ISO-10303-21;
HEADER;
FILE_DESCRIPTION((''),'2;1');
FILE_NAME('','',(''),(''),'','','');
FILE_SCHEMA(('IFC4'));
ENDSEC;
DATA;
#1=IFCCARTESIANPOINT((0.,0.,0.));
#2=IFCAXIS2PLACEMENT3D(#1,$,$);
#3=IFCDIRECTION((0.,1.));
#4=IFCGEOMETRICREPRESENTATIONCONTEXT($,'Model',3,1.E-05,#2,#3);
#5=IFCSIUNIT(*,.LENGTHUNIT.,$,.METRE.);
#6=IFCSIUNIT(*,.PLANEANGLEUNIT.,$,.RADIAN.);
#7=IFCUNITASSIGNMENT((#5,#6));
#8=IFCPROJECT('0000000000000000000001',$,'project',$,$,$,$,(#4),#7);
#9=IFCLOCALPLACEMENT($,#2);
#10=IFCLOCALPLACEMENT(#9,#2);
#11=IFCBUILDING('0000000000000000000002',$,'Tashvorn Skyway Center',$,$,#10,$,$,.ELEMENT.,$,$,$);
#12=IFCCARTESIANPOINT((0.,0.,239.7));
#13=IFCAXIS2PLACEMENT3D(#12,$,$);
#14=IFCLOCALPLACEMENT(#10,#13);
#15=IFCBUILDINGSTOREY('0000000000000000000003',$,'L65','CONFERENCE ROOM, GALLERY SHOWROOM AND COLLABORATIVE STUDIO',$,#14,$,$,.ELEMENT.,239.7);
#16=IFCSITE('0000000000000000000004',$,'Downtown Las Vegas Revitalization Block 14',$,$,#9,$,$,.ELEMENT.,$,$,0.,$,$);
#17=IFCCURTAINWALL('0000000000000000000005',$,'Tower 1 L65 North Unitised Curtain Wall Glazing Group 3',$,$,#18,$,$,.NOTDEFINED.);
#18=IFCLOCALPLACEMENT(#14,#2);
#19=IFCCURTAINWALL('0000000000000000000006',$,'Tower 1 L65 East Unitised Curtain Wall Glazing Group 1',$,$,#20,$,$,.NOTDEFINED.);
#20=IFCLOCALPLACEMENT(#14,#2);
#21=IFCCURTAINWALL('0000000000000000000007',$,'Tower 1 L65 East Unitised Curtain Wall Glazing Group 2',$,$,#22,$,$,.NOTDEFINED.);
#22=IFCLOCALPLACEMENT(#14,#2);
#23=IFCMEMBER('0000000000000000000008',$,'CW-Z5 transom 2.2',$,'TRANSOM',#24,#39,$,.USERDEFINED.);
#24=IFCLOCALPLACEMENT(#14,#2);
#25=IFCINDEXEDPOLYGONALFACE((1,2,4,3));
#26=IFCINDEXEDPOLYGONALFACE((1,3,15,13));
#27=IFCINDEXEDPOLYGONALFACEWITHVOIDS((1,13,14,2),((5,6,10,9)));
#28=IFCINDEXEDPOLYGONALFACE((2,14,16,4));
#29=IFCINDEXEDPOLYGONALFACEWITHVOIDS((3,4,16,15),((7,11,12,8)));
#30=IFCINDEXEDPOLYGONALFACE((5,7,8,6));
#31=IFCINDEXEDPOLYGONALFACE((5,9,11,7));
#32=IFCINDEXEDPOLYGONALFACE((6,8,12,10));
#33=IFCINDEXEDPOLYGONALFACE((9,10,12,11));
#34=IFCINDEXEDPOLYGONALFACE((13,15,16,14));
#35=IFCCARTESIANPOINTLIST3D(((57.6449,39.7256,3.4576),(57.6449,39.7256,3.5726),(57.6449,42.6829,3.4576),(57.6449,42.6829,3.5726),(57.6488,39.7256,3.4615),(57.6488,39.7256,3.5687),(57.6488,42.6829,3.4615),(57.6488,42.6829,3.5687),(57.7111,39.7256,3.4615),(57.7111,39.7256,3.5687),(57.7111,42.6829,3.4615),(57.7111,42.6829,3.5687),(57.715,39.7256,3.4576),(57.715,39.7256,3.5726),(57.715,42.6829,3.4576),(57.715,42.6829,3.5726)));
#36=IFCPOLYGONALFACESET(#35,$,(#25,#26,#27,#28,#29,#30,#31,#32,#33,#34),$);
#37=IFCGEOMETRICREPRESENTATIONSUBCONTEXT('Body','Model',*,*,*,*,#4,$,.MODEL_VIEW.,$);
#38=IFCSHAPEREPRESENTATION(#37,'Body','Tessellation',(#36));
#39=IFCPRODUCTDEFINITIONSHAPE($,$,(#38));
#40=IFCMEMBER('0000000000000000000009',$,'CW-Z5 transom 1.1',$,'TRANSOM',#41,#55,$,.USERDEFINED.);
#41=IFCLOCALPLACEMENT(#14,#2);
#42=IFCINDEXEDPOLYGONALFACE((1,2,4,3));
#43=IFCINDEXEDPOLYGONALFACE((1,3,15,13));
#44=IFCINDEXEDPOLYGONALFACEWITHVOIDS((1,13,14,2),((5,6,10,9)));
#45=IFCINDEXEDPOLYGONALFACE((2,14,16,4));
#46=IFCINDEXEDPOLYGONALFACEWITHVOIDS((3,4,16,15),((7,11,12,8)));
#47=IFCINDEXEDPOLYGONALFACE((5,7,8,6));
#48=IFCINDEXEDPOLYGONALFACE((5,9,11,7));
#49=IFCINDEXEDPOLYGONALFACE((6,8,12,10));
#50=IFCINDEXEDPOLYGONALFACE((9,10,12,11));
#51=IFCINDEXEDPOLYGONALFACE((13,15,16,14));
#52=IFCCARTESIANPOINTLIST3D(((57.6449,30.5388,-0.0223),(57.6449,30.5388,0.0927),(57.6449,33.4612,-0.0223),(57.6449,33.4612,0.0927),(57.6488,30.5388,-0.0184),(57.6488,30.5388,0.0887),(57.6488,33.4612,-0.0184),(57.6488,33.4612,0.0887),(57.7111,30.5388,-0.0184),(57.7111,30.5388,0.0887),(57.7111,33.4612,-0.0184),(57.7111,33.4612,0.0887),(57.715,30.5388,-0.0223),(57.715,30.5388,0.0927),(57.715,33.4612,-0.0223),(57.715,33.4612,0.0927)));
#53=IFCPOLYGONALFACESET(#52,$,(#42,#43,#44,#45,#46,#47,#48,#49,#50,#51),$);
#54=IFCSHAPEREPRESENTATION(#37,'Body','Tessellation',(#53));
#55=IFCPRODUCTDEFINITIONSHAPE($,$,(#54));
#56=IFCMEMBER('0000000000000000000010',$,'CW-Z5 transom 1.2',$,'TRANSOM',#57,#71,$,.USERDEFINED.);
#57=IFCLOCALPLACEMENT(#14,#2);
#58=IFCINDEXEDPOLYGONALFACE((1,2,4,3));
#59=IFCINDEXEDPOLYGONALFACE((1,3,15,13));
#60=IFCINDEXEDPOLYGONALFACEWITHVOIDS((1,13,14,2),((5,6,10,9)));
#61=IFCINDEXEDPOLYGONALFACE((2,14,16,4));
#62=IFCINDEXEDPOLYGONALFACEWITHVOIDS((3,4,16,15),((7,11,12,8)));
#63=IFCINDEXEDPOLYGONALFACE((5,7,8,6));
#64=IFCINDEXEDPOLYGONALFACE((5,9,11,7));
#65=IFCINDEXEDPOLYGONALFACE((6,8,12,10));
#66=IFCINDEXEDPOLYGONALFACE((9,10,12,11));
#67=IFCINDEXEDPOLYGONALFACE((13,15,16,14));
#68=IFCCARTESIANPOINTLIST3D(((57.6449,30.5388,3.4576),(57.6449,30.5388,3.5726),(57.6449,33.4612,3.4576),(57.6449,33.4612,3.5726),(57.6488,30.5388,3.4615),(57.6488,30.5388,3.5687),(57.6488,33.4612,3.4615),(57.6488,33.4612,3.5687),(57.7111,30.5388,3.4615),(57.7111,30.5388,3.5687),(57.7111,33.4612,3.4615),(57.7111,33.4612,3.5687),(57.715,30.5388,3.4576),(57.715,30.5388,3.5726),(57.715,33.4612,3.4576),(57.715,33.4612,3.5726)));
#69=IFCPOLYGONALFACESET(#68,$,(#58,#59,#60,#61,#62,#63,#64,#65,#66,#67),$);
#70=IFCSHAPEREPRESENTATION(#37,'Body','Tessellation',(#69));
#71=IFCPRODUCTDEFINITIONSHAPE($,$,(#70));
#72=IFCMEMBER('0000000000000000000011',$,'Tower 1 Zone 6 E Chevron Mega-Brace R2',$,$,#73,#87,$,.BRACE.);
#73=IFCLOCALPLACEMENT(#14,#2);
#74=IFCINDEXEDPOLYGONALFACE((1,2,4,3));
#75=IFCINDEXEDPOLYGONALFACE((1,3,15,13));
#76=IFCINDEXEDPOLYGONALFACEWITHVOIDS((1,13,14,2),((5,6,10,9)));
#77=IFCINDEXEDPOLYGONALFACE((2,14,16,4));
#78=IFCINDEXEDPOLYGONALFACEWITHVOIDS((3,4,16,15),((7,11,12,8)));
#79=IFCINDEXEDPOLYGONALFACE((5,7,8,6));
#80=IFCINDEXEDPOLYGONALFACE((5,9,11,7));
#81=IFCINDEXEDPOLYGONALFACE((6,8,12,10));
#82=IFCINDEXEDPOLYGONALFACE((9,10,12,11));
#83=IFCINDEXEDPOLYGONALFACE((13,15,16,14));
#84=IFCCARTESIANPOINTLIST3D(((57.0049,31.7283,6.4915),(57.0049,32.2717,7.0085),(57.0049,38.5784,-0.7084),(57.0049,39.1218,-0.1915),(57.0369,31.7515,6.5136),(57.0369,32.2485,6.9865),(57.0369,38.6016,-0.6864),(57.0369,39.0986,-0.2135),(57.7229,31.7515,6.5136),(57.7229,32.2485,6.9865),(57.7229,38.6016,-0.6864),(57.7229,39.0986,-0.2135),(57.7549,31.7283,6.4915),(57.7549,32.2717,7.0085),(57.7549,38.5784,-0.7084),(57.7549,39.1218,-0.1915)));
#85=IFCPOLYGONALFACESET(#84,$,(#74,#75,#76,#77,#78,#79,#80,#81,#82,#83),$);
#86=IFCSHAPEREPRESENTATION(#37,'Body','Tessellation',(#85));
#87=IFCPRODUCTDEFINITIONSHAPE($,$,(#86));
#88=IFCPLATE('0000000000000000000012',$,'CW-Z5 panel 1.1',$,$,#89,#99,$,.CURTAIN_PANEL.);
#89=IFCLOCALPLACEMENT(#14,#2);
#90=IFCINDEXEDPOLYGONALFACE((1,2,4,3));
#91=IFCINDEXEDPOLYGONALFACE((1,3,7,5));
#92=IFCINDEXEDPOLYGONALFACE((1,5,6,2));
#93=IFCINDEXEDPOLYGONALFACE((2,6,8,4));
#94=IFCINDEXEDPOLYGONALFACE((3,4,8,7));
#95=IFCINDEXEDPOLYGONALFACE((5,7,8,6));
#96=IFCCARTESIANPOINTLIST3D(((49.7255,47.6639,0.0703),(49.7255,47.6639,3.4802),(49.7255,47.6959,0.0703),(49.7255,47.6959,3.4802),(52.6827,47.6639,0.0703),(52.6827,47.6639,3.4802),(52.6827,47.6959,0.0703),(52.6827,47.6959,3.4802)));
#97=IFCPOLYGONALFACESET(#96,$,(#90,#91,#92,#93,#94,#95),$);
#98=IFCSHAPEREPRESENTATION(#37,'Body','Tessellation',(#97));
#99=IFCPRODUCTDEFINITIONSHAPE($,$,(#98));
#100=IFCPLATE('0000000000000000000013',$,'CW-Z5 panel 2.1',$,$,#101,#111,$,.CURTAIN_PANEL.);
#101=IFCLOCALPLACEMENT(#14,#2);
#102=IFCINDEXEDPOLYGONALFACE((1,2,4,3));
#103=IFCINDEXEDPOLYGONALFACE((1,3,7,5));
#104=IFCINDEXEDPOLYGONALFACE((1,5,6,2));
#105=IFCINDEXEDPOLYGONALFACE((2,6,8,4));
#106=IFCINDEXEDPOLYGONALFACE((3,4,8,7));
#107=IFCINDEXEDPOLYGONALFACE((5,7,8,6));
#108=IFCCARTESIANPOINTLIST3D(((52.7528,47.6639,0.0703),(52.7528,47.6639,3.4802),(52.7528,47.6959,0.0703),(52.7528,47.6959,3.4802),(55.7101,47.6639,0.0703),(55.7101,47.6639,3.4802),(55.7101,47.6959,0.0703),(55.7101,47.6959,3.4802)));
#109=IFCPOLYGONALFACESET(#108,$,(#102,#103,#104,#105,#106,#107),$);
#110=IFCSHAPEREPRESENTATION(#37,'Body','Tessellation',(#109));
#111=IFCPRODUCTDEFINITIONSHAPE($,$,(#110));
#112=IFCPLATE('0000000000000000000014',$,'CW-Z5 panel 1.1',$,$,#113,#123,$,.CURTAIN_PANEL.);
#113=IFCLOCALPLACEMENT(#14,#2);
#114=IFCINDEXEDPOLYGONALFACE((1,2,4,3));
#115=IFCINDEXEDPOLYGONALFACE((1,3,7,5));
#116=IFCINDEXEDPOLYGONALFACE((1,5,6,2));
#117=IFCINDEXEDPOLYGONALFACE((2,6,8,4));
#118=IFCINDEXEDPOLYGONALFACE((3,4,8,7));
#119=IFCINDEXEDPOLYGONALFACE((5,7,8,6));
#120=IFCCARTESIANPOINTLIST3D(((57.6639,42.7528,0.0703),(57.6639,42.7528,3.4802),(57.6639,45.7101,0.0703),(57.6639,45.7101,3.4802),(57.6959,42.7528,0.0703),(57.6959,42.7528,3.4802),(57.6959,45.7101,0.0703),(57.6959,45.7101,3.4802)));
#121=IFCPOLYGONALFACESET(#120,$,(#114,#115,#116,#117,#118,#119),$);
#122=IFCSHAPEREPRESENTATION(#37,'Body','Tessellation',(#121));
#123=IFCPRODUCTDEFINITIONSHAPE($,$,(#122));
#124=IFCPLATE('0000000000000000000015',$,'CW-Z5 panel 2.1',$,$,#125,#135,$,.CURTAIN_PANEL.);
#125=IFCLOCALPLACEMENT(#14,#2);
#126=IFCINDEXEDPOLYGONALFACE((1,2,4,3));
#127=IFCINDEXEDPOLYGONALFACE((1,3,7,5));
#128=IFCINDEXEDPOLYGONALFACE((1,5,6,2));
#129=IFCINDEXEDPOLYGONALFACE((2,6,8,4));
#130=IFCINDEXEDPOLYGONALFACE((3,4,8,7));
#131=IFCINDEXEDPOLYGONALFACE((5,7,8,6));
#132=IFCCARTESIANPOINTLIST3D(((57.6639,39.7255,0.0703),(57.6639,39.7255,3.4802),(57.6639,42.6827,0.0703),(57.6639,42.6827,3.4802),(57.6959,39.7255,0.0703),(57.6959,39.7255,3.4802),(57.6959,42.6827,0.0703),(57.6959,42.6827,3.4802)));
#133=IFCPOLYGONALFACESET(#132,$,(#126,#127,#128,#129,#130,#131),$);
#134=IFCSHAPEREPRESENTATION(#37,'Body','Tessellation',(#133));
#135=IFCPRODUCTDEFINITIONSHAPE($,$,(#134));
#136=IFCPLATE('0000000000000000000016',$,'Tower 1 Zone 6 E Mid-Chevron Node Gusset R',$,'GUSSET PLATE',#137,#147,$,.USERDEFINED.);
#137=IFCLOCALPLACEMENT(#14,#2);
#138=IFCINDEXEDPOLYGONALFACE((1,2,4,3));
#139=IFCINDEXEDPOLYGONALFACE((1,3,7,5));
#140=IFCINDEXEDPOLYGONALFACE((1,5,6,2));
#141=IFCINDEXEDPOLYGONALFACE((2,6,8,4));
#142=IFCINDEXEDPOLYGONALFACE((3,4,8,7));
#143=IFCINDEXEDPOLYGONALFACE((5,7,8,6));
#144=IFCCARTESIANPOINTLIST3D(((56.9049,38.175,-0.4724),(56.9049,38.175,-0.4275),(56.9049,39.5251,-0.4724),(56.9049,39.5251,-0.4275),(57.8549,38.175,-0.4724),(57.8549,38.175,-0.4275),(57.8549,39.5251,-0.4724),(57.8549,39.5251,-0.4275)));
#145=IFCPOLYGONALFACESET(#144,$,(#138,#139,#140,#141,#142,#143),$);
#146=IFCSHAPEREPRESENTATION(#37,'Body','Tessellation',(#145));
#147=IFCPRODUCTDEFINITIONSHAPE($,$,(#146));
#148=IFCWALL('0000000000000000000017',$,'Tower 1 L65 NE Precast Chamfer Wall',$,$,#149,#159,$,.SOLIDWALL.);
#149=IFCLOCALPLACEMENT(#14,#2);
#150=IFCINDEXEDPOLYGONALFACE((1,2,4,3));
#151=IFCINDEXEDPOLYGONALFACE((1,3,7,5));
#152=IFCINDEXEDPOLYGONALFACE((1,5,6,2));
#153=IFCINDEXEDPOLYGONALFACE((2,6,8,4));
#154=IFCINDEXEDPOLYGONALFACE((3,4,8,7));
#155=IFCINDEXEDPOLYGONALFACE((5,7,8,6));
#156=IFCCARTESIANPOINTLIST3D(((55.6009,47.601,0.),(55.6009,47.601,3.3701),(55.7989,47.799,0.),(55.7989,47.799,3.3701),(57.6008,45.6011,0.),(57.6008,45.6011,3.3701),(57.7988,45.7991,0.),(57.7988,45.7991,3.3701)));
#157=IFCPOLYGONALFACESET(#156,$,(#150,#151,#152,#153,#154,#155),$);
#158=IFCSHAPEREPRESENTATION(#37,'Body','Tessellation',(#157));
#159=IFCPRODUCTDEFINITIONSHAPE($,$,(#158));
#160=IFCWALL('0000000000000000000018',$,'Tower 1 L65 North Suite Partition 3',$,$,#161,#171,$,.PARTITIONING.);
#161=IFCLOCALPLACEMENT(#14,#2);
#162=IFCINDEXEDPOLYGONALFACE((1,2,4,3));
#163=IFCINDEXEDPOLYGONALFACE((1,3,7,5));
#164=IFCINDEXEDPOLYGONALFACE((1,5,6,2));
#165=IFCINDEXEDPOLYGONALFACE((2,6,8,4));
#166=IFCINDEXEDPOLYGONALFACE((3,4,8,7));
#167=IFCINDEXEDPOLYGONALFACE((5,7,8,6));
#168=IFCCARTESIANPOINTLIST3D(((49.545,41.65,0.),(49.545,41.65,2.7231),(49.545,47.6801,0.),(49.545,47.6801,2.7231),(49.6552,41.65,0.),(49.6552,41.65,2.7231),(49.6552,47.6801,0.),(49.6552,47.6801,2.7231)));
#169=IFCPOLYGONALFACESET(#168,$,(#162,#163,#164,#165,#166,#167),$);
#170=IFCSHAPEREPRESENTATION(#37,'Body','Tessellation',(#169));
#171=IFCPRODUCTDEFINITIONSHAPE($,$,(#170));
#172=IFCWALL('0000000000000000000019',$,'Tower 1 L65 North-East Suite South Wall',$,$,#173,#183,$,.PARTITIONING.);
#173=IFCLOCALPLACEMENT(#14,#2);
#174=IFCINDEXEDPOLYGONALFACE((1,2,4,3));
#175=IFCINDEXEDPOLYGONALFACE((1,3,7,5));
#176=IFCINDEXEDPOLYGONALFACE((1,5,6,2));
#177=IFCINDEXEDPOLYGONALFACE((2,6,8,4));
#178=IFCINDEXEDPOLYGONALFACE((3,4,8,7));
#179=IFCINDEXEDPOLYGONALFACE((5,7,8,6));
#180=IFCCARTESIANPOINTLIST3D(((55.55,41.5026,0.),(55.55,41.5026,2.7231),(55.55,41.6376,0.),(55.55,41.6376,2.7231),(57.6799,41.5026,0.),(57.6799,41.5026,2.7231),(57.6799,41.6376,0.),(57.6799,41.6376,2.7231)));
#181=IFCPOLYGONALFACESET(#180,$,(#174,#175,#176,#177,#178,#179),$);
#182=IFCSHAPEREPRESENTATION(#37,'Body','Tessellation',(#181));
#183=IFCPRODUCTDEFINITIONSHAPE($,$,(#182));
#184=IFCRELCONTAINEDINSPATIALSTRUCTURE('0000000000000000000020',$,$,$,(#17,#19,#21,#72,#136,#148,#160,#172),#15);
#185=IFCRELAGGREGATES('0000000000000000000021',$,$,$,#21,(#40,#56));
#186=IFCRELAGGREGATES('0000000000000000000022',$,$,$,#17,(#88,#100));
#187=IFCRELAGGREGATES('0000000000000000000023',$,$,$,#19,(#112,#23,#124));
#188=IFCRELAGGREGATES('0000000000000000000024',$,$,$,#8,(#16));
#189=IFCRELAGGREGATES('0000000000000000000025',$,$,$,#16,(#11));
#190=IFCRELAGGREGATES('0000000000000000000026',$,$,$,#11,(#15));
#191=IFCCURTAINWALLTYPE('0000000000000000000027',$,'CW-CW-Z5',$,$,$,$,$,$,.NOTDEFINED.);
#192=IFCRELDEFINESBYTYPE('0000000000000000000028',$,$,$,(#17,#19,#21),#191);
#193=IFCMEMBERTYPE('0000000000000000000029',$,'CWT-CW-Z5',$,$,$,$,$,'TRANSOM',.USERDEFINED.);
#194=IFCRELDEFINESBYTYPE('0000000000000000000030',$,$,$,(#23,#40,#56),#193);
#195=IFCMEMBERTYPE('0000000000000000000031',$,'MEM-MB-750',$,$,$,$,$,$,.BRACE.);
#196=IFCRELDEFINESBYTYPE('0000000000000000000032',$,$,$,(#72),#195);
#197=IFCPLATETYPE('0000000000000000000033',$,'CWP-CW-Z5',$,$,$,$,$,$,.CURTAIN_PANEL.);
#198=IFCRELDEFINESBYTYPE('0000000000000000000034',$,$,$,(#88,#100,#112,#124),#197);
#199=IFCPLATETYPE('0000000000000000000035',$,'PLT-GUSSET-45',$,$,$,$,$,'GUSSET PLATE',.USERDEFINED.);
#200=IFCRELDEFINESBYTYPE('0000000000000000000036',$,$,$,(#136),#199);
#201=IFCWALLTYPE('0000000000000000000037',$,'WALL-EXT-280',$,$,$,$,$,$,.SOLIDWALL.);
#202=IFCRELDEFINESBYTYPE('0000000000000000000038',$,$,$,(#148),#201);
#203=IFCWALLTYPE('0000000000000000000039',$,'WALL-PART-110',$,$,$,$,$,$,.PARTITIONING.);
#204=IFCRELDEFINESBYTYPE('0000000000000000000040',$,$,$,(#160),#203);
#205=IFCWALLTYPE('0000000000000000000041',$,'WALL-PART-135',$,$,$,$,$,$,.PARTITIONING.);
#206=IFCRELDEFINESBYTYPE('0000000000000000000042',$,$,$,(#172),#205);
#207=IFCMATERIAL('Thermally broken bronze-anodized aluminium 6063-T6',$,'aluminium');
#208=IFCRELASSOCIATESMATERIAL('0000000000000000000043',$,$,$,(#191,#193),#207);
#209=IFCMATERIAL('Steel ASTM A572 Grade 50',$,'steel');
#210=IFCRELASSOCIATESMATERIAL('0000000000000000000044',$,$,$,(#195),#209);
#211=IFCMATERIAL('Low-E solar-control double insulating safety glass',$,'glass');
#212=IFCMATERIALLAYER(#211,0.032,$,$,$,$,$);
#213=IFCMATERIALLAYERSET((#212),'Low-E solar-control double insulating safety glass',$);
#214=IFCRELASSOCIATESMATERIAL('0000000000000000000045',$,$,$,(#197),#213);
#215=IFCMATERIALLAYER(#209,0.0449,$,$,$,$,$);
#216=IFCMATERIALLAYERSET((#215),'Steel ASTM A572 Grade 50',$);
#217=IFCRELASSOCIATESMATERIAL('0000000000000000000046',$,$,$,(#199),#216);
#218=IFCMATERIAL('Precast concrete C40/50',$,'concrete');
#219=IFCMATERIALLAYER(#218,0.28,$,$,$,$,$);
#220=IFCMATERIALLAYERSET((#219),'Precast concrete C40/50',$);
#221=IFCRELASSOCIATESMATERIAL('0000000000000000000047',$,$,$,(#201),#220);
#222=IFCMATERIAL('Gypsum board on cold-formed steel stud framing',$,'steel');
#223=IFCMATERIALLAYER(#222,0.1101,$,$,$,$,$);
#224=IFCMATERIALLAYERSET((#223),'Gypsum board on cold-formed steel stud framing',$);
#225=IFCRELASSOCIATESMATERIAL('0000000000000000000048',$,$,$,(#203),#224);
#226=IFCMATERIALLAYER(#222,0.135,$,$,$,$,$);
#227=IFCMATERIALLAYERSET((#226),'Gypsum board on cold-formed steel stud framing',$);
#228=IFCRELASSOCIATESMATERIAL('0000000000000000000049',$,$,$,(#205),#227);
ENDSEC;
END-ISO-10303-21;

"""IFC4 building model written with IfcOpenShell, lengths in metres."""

from ifc_helpers import new_model, si_unit, direction, frame, frame_2d, origin, origin_2d, place, context, subcontext, project, spatial, rectangle, hollow_rectangle, extrude, material, layer, layer_set, material_profile, profile_set, type_object, element, aggregate, save


model = new_model("IFC4")

# Units and contexts
model_context = context("Model", 3, precision=1e-05, world=origin(), true_north=direction((0.0, 1.0)))
body_context = subcontext(model_context, "Body", "Model", "MODEL_VIEW")
ifc_project = project(units=[si_unit("LENGTHUNIT", "METRE"), si_unit("PLANEANGLEUNIT", "RADIAN")], contexts=[model_context])

# Site, building, storey
site_placement = place(None, origin())
site = spatial("IfcSite", under=ifc_project, at=site_placement, Name="Downtown Las Vegas Revitalization Block 14", CompositionType="ELEMENT", RefElevation=0.0)
building_placement = place(site_placement, origin())
building = spatial("IfcBuilding", under=site, at=building_placement, Name="Tashvorn Skyway Center", CompositionType="ELEMENT")
storey_placement = place(building_placement, frame((0.0, 0.0, 239.7)))
storey = spatial("IfcBuildingStorey", under=building, at=storey_placement, Name="L65", Description="CONFERENCE ROOM, GALLERY SHOWROOM AND COLLABORATIVE STUDIO", CompositionType="ELEMENT", Elevation=239.7)

# Shared definitions
ifc_material_1 = material(Name="Steel ASTM A572 Grade 50", Category="steel")

# Curtain walls
ifc_material_2 = material(Name="Thermally broken bronze-anodized aluminium 6063-T6", Category="aluminium")
curtain_wall_type = type_object("IfcCurtainWallType", Name="CW-CW-Z5", PredefinedType="NOTDEFINED", material=ifc_material_2)
curtain_wall_1_placement = place(storey_placement, origin())
curtain_wall_1 = element("IfcCurtainWall", 1, at=curtain_wall_1_placement, inside=storey, type_object=curtain_wall_type, Name="Tower 1 L65 North Unitised Curtain Wall Glazing Group 3", PredefinedType="NOTDEFINED")
curtain_wall_2_placement = place(storey_placement, origin())
curtain_wall_2 = element("IfcCurtainWall", 2, at=curtain_wall_2_placement, inside=storey, type_object=curtain_wall_type, Name="Tower 1 L65 East Unitised Curtain Wall Glazing Group 1", PredefinedType="NOTDEFINED")

# Curtain wall
curtain_wall_3_placement = place(storey_placement, origin())
curtain_wall_3 = element("IfcCurtainWall", 3, at=curtain_wall_3_placement, inside=storey, type_object=curtain_wall_type, Name="Tower 1 L65 East Unitised Curtain Wall Glazing Group 2", PredefinedType="NOTDEFINED")

# Members
ifc_material_profile_1 = material_profile(ifc_material_2, hollow_rectangle(XDim=0.0701, YDim=0.115, WallThickness=0.0039, at=origin_2d()), Name="ALU-TRAN-70x115")
ifc_profile_set_1 = profile_set([ifc_material_profile_1], Name="Thermally broken bronze-anodized aluminium 6063-T6")
member_type_1 = type_object("IfcMemberType", Name="CWT-CW-Z5", ElementType="TRANSOM", PredefinedType="USERDEFINED", material=ifc_profile_set_1)
member_1_placement = place(storey_placement, frame((57.6799, 42.6829, 3.5151), z_axis=(0.0, -1.0, 0.0), x_axis=(1.0, 0.0, 0.0)))
member_1 = element("IfcMember", 4, at=member_1_placement, type_object=member_type_1, Name="CW-Z5 transom 2.2", ObjectType="TRANSOM", PredefinedType="USERDEFINED", context=body_context, shape_type="SweptSolid", body=[
    extrude(hollow_rectangle(XDim=0.0701, YDim=0.115, WallThickness=0.0039, at=origin_2d()), origin(), (0.0, 0.0, 1.0), 2.9573),
])
member_2_placement = place(storey_placement, frame((57.6799, 33.4612, 0.0352), z_axis=(0.0, -1.0, 0.0), x_axis=(1.0, 0.0, 0.0)))
member_2 = element("IfcMember", 5, at=member_2_placement, type_object=member_type_1, Name="CW-Z5 transom 1.1", ObjectType="TRANSOM", PredefinedType="USERDEFINED", context=body_context, shape_type="SweptSolid", body=[
    extrude(hollow_rectangle(XDim=0.0701, YDim=0.115, WallThickness=0.0039, at=origin_2d()), origin(), (0.0, 0.0, 1.0), 2.9224),
])
member_3_placement = place(storey_placement, frame((57.6799, 33.4612, 3.5151), z_axis=(0.0, -1.0, 0.0), x_axis=(1.0, 0.0, 0.0)))
member_3 = element("IfcMember", 6, at=member_3_placement, type_object=member_type_1, Name="CW-Z5 transom 1.2", ObjectType="TRANSOM", PredefinedType="USERDEFINED", context=body_context, shape_type="SweptSolid", body=[
    extrude(hollow_rectangle(XDim=0.0701, YDim=0.115, WallThickness=0.0039, at=origin_2d()), origin(), (0.0, 0.0, 1.0), 2.9224),
])
aggregate(curtain_wall_3, [member_2, member_3])
ifc_material_profile_2 = material_profile(ifc_material_1, hollow_rectangle(XDim=0.75, YDim=0.75, WallThickness=0.032, at=origin_2d()), Name="BOX750x750x32")
ifc_profile_set_2 = profile_set([ifc_material_profile_2], Name="Steel ASTM A572 Grade 50")
member_type_2 = type_object("IfcMemberType", Name="MEM-MB-750", PredefinedType="BRACE", material=ifc_profile_set_2)
member_4_placement = place(storey_placement, frame((57.3799, 38.8501, -0.45), z_axis=(0.0, -0.689286, 0.72449), x_axis=(1.0, 0.0, 0.0)))
element("IfcMember", 7, at=member_4_placement, inside=storey, type_object=member_type_2, Name="Tower 1 Zone 6 E Chevron Mega-Brace R2", PredefinedType="BRACE", context=body_context, shape_type="SweptSolid", body=[
    extrude(hollow_rectangle(XDim=0.75, YDim=0.75, WallThickness=0.032, at=origin_2d()), origin(), (0.0, 0.0, 1.0), 9.938),
])

# Plates
ifc_material_3 = material(Name="Low-E solar-control double insulating safety glass", Category="glass")
ifc_layer_1 = layer(ifc_material_3, 0.032)
ifc_layer_set_1 = layer_set([ifc_layer_1], Name="Low-E solar-control double insulating safety glass")
plate_type_1 = type_object("IfcPlateType", Name="CWP-CW-Z5", PredefinedType="CURTAIN_PANEL", material=ifc_layer_set_1)
plate_1_placement = place(storey_placement, frame((51.2041, 47.6799, 0.0703), z_axis=(0.0, 0.0, 1.0), x_axis=(1.0, 0.0, 0.0)))
plate_1 = element("IfcPlate", 8, at=plate_1_placement, type_object=plate_type_1, Name="CW-Z5 panel 1.1", PredefinedType="CURTAIN_PANEL", context=body_context, shape_type="SweptSolid", body=[
    extrude(rectangle(XDim=2.9573, YDim=0.032, at=origin_2d()), origin(), (0.0, 0.0, 1.0), 3.4099),
])
plate_2_placement = place(storey_placement, frame((54.2314, 47.6799, 0.0703), z_axis=(0.0, 0.0, 1.0), x_axis=(1.0, 0.0, 0.0)))
plate_2 = element("IfcPlate", 9, at=plate_2_placement, type_object=plate_type_1, Name="CW-Z5 panel 2.1", PredefinedType="CURTAIN_PANEL", context=body_context, shape_type="SweptSolid", body=[
    extrude(rectangle(XDim=2.9573, YDim=0.032, at=origin_2d()), origin(), (0.0, 0.0, 1.0), 3.4099),
])
aggregate(curtain_wall_1, [plate_1, plate_2])
plate_3_placement = place(storey_placement, frame((57.6799, 44.2314, 0.0703), z_axis=(0.0, 0.0, 1.0), x_axis=(0.0, -1.0, 0.0)))
plate_3 = element("IfcPlate", 10, at=plate_3_placement, type_object=plate_type_1, Name="CW-Z5 panel 1.1", PredefinedType="CURTAIN_PANEL", context=body_context, shape_type="SweptSolid", body=[
    extrude(rectangle(XDim=2.9573, YDim=0.032, at=origin_2d()), origin(), (0.0, 0.0, 1.0), 3.4099),
])
plate_4_placement = place(storey_placement, frame((57.6799, 41.2041, 0.0703), z_axis=(0.0, 0.0, 1.0), x_axis=(0.0, -1.0, 0.0)))
plate_4 = element("IfcPlate", 11, at=plate_4_placement, type_object=plate_type_1, Name="CW-Z5 panel 2.1", PredefinedType="CURTAIN_PANEL", context=body_context, shape_type="SweptSolid", body=[
    extrude(rectangle(XDim=2.9573, YDim=0.032, at=origin_2d()), origin(), (0.0, 0.0, 1.0), 3.4099),
])
aggregate(curtain_wall_2, [plate_3, member_1, plate_4])
ifc_layer_2 = layer(ifc_material_1, 0.0449)
ifc_layer_set_2 = layer_set([ifc_layer_2], Name="Steel ASTM A572 Grade 50")
plate_type_2 = type_object("IfcPlateType", Name="PLT-GUSSET-45", ElementType="GUSSET PLATE", PredefinedType="USERDEFINED", material=ifc_layer_set_2)
plate_5_placement = place(storey_placement, frame((57.3799, 38.8501, -0.4724), z_axis=(0.0, 0.0, 1.0), x_axis=(0.0, 1.0, 0.0)))
element("IfcPlate", 12, at=plate_5_placement, inside=storey, type_object=plate_type_2, Name="Tower 1 Zone 6 E Mid-Chevron Node Gusset R", ObjectType="GUSSET PLATE", PredefinedType="USERDEFINED", context=body_context, shape_type="SweptSolid", body=[
    extrude(rectangle(XDim=1.3501, YDim=0.95, at=origin_2d()), origin(), (0.0, 0.0, 1.0), 0.0449),
])

# Walls
ifc_material_4 = material(Name="Precast concrete C40/50", Category="concrete")
ifc_layer_3 = layer(ifc_material_4, 0.28)
ifc_layer_set_3 = layer_set([ifc_layer_3], Name="Precast concrete C40/50")
wall_type_1 = type_object("IfcWallType", Name="WALL-EXT-280", PredefinedType="SOLIDWALL", material=ifc_layer_set_3)
wall_1_placement = place(storey_placement, frame((55.7, 47.7, 0.0), z_axis=(0.0, 0.0, 1.0), x_axis=(0.707107, -0.707107, 0.0)))
element("IfcWall", 13, at=wall_1_placement, inside=storey, type_object=wall_type_1, Name="Tower 1 L65 NE Precast Chamfer Wall", PredefinedType="SOLIDWALL", context=body_context, shape_type="SweptSolid", body=[
    extrude(rectangle(XDim=2.8284, YDim=0.28, at=frame_2d((1.4141, 0.0))), origin(), (0.0, 0.0, 1.0), 3.3701),
])
ifc_material_5 = material(Name="Gypsum board on cold-formed steel stud framing", Category="steel")
ifc_layer_4 = layer(ifc_material_5, 0.1101)
ifc_layer_set_4 = layer_set([ifc_layer_4], Name="Gypsum board on cold-formed steel stud framing")
wall_type_2 = type_object("IfcWallType", Name="WALL-PART-110", PredefinedType="PARTITIONING", material=ifc_layer_set_4)
wall_2_placement = place(storey_placement, frame((49.6001, 41.6499, 0.0), z_axis=(0.0, 0.0, 1.0), x_axis=(0.0, 1.0, 0.0)))
element("IfcWall", 14, at=wall_2_placement, inside=storey, type_object=wall_type_2, Name="Tower 1 L65 North Suite Partition 3", PredefinedType="PARTITIONING", context=body_context, shape_type="SweptSolid", body=[
    extrude(rectangle(XDim=6.03, YDim=0.1101, at=frame_2d((3.0151, 0.0))), origin(), (0.0, 0.0, 1.0), 2.7231),
])
ifc_layer_5 = layer(ifc_material_5, 0.135)
ifc_layer_set_5 = layer_set([ifc_layer_5], Name="Gypsum board on cold-formed steel stud framing")
wall_type_3 = type_object("IfcWallType", Name="WALL-PART-135", PredefinedType="PARTITIONING", material=ifc_layer_set_5)
wall_3_placement = place(storey_placement, frame((55.55, 41.5701, 0.0), z_axis=(0.0, 0.0, 1.0), x_axis=(1.0, 0.0, 0.0)))
element("IfcWall", 15, at=wall_3_placement, inside=storey, type_object=wall_type_3, Name="Tower 1 L65 North-East Suite South Wall", PredefinedType="PARTITIONING", context=body_context, shape_type="SweptSolid", body=[
    extrude(rectangle(XDim=2.1299, YDim=0.135, at=frame_2d((1.0649, 0.0))), origin(), (0.0, 0.0, 1.0), 2.7231),
])

save(model, "model.ifc")
